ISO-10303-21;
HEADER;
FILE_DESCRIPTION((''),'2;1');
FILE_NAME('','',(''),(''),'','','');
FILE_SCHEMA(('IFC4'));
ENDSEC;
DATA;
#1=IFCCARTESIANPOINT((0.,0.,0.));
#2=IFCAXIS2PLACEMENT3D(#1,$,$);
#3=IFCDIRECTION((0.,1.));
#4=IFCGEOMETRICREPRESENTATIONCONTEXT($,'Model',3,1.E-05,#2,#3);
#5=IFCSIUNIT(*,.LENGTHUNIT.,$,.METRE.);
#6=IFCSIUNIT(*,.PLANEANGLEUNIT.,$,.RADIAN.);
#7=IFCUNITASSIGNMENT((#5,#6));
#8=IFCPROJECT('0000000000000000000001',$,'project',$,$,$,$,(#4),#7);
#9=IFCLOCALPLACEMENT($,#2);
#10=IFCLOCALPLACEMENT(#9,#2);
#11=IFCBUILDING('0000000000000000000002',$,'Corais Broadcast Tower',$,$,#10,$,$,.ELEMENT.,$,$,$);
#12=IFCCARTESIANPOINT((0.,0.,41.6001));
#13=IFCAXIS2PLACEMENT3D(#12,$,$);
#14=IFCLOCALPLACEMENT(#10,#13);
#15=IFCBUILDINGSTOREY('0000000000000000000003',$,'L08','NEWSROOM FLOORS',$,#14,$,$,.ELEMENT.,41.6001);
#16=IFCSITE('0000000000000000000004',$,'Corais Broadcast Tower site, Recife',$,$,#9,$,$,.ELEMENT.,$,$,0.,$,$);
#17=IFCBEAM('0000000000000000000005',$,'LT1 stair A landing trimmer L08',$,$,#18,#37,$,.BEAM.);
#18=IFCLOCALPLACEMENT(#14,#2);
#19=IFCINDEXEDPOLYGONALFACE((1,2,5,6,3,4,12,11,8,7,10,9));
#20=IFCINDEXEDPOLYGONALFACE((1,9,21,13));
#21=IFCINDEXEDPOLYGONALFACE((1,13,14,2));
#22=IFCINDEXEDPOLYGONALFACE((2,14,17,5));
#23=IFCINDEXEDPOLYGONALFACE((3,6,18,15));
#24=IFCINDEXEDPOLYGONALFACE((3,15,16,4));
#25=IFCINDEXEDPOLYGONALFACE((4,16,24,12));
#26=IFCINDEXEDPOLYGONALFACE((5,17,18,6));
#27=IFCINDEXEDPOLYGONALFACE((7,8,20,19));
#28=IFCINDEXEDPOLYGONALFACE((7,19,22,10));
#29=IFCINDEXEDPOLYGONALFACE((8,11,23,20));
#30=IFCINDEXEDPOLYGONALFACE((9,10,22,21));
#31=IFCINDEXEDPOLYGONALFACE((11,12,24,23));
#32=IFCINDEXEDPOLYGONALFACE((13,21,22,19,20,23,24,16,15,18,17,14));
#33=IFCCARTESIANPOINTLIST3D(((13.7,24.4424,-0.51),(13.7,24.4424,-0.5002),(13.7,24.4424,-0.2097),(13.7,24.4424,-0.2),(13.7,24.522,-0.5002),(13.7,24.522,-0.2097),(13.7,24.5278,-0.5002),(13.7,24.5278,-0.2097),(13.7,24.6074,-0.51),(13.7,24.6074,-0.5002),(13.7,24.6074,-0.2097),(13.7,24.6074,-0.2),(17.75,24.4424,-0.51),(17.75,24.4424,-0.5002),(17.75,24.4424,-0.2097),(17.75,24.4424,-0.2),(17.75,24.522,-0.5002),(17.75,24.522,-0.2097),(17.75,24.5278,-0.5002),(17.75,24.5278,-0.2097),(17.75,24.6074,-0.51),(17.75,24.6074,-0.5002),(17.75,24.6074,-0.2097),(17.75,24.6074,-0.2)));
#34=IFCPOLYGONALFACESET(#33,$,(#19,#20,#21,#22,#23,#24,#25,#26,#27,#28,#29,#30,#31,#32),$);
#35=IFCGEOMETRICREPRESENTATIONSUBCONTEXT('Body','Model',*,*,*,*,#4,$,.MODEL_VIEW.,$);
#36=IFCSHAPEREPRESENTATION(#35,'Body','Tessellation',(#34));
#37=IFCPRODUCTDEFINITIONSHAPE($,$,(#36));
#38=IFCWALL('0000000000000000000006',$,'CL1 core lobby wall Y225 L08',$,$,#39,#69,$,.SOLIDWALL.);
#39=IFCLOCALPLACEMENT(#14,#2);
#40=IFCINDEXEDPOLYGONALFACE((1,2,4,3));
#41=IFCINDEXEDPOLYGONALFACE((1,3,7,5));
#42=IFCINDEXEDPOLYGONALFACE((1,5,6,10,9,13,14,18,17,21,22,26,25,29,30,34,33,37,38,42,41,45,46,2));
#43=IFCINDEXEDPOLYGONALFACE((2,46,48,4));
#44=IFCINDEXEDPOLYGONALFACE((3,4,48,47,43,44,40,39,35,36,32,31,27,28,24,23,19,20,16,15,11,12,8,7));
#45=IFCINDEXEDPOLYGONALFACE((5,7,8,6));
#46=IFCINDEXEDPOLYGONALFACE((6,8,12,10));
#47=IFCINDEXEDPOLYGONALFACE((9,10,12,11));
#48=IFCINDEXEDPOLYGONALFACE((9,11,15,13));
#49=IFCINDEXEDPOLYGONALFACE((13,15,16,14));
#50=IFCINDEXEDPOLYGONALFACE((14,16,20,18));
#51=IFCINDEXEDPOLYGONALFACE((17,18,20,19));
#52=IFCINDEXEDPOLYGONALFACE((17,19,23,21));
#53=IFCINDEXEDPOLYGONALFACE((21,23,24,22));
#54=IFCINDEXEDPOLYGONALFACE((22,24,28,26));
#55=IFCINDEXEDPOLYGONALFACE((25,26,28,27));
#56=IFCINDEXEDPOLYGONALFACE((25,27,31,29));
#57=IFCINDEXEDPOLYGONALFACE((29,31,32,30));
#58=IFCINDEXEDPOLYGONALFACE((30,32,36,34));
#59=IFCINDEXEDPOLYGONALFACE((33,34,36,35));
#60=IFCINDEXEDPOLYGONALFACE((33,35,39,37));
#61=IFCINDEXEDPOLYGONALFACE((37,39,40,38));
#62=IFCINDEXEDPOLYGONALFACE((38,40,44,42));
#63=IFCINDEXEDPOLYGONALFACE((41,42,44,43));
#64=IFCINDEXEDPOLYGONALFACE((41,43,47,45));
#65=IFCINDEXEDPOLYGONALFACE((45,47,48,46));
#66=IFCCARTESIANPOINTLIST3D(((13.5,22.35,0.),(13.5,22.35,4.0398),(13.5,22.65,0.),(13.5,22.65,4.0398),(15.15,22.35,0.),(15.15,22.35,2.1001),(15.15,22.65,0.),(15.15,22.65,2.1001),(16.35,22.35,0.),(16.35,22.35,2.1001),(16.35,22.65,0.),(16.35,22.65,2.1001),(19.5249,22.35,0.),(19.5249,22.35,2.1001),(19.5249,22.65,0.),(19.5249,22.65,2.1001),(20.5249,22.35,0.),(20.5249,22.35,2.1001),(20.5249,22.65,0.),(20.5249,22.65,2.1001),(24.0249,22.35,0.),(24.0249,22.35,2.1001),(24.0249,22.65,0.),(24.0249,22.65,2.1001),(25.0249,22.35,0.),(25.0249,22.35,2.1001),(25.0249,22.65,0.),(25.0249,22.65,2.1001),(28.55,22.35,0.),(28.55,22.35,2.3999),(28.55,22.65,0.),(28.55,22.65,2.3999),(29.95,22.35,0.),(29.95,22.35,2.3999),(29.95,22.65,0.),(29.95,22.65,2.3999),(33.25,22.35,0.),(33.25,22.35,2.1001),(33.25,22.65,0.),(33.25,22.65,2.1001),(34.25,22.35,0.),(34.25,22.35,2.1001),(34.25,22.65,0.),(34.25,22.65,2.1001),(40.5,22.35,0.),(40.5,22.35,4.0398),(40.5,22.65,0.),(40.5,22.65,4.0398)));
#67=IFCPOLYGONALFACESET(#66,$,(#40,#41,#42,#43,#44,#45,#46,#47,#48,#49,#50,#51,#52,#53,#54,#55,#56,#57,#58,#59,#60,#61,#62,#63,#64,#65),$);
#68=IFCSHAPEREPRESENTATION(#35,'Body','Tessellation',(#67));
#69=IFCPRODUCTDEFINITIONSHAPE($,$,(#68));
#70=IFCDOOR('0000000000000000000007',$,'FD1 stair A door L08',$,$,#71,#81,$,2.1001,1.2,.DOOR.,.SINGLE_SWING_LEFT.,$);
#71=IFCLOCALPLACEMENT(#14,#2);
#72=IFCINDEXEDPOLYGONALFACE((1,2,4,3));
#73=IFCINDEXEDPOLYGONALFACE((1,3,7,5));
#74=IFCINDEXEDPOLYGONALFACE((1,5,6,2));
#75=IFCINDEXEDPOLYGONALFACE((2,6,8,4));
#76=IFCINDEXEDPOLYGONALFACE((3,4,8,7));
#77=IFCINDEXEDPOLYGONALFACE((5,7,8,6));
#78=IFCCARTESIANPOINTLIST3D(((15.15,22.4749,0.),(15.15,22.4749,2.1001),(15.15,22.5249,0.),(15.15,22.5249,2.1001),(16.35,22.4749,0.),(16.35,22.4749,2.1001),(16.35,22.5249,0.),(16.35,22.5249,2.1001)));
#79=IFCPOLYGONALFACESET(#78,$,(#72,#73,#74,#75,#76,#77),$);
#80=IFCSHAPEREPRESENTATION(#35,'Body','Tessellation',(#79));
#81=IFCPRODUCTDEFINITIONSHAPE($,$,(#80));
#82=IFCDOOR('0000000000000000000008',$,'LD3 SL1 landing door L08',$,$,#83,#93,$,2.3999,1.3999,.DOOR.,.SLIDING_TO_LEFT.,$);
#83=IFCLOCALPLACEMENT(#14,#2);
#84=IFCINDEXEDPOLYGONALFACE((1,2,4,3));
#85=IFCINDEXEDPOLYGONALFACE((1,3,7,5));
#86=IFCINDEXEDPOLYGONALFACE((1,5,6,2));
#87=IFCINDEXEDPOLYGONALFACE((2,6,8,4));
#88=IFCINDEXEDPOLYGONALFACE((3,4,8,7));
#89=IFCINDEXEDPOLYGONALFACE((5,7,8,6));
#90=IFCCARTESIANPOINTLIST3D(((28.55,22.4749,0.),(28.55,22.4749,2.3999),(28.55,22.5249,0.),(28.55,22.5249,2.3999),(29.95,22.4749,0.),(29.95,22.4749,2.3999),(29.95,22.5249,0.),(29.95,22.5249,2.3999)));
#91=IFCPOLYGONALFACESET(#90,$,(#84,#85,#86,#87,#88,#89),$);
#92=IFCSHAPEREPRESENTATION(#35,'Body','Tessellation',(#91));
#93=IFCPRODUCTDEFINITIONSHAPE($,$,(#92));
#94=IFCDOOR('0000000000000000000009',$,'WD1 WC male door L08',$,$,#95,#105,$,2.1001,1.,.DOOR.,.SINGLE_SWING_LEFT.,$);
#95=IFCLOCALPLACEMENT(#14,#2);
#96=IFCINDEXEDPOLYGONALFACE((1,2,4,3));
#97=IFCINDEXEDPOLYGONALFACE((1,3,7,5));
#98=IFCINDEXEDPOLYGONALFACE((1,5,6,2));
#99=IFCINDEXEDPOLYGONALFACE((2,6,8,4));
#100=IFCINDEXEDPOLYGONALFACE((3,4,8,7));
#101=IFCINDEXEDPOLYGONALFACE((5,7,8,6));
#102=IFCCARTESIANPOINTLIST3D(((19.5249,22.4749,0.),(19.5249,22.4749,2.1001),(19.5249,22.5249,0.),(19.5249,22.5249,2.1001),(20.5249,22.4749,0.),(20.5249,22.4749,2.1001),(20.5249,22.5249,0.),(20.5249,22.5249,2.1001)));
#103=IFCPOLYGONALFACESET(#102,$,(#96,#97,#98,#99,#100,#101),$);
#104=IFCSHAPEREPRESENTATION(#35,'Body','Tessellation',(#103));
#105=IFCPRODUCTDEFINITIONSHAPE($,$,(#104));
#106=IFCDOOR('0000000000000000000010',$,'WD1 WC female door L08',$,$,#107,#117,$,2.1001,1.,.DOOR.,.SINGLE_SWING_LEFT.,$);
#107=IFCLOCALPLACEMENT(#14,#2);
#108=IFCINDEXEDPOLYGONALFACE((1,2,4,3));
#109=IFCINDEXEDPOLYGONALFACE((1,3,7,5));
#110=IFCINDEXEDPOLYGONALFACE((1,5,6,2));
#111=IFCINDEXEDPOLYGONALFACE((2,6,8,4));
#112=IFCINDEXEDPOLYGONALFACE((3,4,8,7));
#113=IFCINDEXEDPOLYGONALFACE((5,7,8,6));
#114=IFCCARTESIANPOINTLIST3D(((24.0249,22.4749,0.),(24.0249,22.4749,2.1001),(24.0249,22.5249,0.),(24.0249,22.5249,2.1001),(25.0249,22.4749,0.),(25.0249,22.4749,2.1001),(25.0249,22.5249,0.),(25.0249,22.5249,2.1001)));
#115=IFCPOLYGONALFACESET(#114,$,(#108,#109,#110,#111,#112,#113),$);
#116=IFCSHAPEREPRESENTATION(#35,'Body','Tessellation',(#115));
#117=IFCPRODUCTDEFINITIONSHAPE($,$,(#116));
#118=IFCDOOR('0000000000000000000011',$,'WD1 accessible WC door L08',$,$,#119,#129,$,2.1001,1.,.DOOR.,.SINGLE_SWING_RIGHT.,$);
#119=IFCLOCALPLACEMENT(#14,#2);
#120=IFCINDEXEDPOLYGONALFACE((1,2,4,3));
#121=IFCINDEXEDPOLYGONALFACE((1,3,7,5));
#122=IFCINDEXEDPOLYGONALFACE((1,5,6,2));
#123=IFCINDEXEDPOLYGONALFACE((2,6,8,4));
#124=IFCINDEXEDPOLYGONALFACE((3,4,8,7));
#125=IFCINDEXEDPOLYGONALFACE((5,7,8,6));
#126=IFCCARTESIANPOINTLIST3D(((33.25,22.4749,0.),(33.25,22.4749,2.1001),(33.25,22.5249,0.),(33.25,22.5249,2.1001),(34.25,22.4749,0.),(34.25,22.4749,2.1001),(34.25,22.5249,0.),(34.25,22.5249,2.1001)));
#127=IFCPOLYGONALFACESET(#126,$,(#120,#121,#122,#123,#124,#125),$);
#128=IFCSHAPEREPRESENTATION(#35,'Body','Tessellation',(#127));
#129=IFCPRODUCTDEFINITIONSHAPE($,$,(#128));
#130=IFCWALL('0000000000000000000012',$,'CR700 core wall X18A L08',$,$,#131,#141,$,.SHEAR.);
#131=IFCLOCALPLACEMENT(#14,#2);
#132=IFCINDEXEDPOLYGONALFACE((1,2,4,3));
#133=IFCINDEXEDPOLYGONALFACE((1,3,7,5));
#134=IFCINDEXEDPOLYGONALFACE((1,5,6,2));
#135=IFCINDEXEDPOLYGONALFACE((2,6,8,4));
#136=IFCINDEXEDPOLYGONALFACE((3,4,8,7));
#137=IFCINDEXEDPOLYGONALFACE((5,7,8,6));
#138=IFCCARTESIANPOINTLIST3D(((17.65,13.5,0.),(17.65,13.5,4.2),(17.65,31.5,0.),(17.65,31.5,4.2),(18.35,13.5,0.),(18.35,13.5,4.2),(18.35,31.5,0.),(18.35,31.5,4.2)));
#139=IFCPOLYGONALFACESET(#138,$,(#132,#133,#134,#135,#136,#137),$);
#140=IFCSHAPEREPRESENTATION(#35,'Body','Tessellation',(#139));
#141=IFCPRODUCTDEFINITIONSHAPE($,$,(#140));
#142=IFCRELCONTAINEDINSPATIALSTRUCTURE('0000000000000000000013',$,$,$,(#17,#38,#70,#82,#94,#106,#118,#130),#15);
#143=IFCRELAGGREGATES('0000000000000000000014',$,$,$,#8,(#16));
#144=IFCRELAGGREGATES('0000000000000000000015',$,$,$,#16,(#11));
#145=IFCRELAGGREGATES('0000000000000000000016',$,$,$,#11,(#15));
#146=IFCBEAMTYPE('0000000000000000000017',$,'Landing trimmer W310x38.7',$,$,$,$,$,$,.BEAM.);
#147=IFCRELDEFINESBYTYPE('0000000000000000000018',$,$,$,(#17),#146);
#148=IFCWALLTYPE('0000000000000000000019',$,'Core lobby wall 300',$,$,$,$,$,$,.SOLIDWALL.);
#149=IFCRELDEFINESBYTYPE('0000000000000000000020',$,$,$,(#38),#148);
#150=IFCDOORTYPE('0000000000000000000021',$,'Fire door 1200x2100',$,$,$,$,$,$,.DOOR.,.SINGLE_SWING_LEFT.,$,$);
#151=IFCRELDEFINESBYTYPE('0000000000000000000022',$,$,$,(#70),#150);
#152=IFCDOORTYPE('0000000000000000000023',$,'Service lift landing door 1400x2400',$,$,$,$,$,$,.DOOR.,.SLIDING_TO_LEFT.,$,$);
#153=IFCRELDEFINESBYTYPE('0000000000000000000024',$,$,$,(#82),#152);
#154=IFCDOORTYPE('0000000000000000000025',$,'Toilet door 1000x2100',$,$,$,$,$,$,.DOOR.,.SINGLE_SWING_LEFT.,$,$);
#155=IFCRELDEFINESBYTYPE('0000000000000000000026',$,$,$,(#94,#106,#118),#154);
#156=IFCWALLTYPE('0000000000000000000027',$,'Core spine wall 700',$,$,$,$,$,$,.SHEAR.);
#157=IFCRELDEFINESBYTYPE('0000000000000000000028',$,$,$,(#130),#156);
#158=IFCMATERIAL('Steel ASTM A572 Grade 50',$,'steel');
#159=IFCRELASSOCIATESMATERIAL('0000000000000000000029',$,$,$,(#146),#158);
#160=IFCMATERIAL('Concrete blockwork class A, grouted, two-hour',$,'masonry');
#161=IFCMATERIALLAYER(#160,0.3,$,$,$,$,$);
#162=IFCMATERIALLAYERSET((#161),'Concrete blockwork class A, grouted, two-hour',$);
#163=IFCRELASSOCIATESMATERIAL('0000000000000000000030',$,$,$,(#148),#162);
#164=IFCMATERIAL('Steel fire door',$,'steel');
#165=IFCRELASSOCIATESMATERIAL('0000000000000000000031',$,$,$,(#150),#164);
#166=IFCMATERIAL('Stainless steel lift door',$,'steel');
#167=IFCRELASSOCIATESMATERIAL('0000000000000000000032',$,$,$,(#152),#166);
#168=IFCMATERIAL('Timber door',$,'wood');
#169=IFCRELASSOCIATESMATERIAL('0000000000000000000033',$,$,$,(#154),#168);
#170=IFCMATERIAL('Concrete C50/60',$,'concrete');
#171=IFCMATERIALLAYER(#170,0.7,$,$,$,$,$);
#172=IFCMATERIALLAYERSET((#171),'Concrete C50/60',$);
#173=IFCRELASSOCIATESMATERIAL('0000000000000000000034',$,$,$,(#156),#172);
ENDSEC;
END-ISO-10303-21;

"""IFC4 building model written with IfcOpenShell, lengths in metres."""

from ifc_helpers import new_model, si_unit, direction, frame, frame_2d, origin, origin_2d, place, context, subcontext, project, spatial, rectangle, i_section, extrude, material, layer, layer_set, material_profile, profile_set, type_object, element, fill, save


model = new_model("IFC4")

# Units and contexts
model_context = context("Model", 3, precision=1e-05, world=origin(), true_north=direction((0.0, 1.0)))
body_context = subcontext(model_context, "Body", "Model", "MODEL_VIEW")
ifc_project = project(units=[si_unit("LENGTHUNIT", "METRE"), si_unit("PLANEANGLEUNIT", "RADIAN")], contexts=[model_context])

# Site, building, storey
site_placement = place(None, origin())
site = spatial("IfcSite", under=ifc_project, at=site_placement, Name="Corais Broadcast Tower site, Recife", CompositionType="ELEMENT", RefElevation=0.0)
building_placement = place(site_placement, origin())
building = spatial("IfcBuilding", under=site, at=building_placement, Name="Corais Broadcast Tower", CompositionType="ELEMENT")
storey_placement = place(building_placement, frame((0.0, 0.0, 41.6001)))
storey = spatial("IfcBuildingStorey", under=building, at=storey_placement, Name="L08", Description="NEWSROOM FLOORS", CompositionType="ELEMENT", Elevation=41.6001)

# Beam
ifc_material_1 = material(Name="Steel ASTM A572 Grade 50", Category="steel")
ifc_material_profile = material_profile(ifc_material_1, i_section(OverallWidth=0.165, OverallDepth=0.3101, WebThickness=0.0059, FlangeThickness=0.0098, at=origin_2d()), Name="W310x38.7")
ifc_profile_set = profile_set([ifc_material_profile], Name="Steel ASTM A572 Grade 50")
beam_type = type_object("IfcBeamType", Name="Landing trimmer W310x38.7", PredefinedType="BEAM", material=ifc_profile_set)
beam_placement = place(storey_placement, frame((13.7, 24.5249, -0.355), z_axis=(1.0, 0.0, 0.0), x_axis=(0.0, 1.0, 0.0)))
element("IfcBeam", 1, at=beam_placement, inside=storey, type_object=beam_type, Name="LT1 stair A landing trimmer L08", PredefinedType="BEAM", context=body_context, shape_type="SweptSolid", body=[
    extrude(i_section(OverallWidth=0.165, OverallDepth=0.3101, WebThickness=0.0059, FlangeThickness=0.0098, at=origin_2d()), origin(), (0.0, 0.0, 1.0), 4.05),
])

# Wall, openings, doors
ifc_material_2 = material(Name="Concrete blockwork class A, grouted, two-hour", Category="masonry")
ifc_layer_1 = layer(ifc_material_2, 0.3)
ifc_layer_set_1 = layer_set([ifc_layer_1], Name="Concrete blockwork class A, grouted, two-hour")
wall_type_1 = type_object("IfcWallType", Name="Core lobby wall 300", PredefinedType="SOLIDWALL", material=ifc_layer_set_1)
wall_1_placement = place(storey_placement, frame((13.5, 22.5, 0.0), z_axis=(0.0, 0.0, 1.0), x_axis=(1.0, 0.0, 0.0)))
wall_1 = element("IfcWall", 2, at=wall_1_placement, inside=storey, type_object=wall_type_1, Name="CL1 core lobby wall Y225 L08", PredefinedType="SOLIDWALL", context=body_context, shape_type="SweptSolid", body=[
    extrude(rectangle(XDim=27.0, YDim=0.3, at=frame_2d((13.5, 0.0))), origin(), (0.0, 0.0, 1.0), 4.0398),
])
opening_1_placement = place(wall_1_placement, frame((1.6499, 0.0, 0.0)))
opening_1 = element("IfcOpeningElement", 3, at=opening_1_placement, cuts=wall_1, PredefinedType="OPENING", context=body_context, shape_type="SweptSolid", body=[
    extrude(rectangle(XDim=1.2, YDim=2.1001, at=frame_2d((0.6001, 1.05))), frame((0.0, 0.1599, 0.0), z_axis=(0.0, -1.0, 0.0), x_axis=(1.0, 0.0, 0.0)), (0.0, 0.0, 1.0), 0.3201),
])
opening_2_placement = place(wall_1_placement, frame((6.0249, 0.0, 0.0)))
opening_2 = element("IfcOpeningElement", 4, at=opening_2_placement, cuts=wall_1, PredefinedType="OPENING", context=body_context, shape_type="SweptSolid", body=[
    extrude(rectangle(XDim=1.0, YDim=2.1001, at=frame_2d((0.5, 1.05))), frame((0.0, 0.1599, 0.0), z_axis=(0.0, -1.0, 0.0), x_axis=(1.0, 0.0, 0.0)), (0.0, 0.0, 1.0), 0.3201),
])
opening_3_placement = place(wall_1_placement, frame((10.5249, 0.0, 0.0)))
opening_3 = element("IfcOpeningElement", 5, at=opening_3_placement, cuts=wall_1, PredefinedType="OPENING", context=body_context, shape_type="SweptSolid", body=[
    extrude(rectangle(XDim=1.0, YDim=2.1001, at=frame_2d((0.5, 1.05))), frame((0.0, 0.1599, 0.0), z_axis=(0.0, -1.0, 0.0), x_axis=(1.0, 0.0, 0.0)), (0.0, 0.0, 1.0), 0.3201),
])
opening_4_placement = place(wall_1_placement, frame((19.75, 0.0, 0.0)))
opening_4 = element("IfcOpeningElement", 6, at=opening_4_placement, cuts=wall_1, PredefinedType="OPENING", context=body_context, shape_type="SweptSolid", body=[
    extrude(rectangle(XDim=1.0, YDim=2.1001, at=frame_2d((0.5, 1.05))), frame((0.0, 0.1599, 0.0), z_axis=(0.0, -1.0, 0.0), x_axis=(1.0, 0.0, 0.0)), (0.0, 0.0, 1.0), 0.3201),
])
opening_5_placement = place(wall_1_placement, frame((15.05, 0.0, 0.0)))
opening_5 = element("IfcOpeningElement", 7, at=opening_5_placement, cuts=wall_1, PredefinedType="OPENING", context=body_context, shape_type="SweptSolid", body=[
    extrude(rectangle(XDim=1.3999, YDim=2.3999, at=frame_2d((0.7, 1.2))), frame((0.0, 0.1599, 0.0), z_axis=(0.0, -1.0, 0.0), x_axis=(1.0, 0.0, 0.0)), (0.0, 0.0, 1.0), 0.3201),
])
ifc_material_3 = material(Name="Steel fire door", Category="steel")
door_type_1 = type_object("IfcDoorType", Name="Fire door 1200x2100", OperationType="SINGLE_SWING_LEFT", PredefinedType="DOOR", material=ifc_material_3)
door_1_placement = place(opening_1_placement, origin())
door_1 = element("IfcDoor", 8, at=door_1_placement, inside=storey, type_object=door_type_1, Name="FD1 stair A door L08", OperationType="SINGLE_SWING_LEFT", OverallHeight=2.1001, OverallWidth=1.2, PredefinedType="DOOR", context=body_context, shape_type="SweptSolid", body=[
    extrude(rectangle(XDim=1.2, YDim=2.1001, at=frame_2d((0.6001, 1.05))), frame((0.0, 0.0249, 0.0), z_axis=(0.0, -1.0, 0.0), x_axis=(1.0, 0.0, 0.0)), (0.0, 0.0, 1.0), 0.05),
])
fill(opening_1, door_1)
ifc_material_4 = material(Name="Stainless steel lift door", Category="steel")
door_type_2 = type_object("IfcDoorType", Name="Service lift landing door 1400x2400", OperationType="SLIDING_TO_LEFT", PredefinedType="DOOR", material=ifc_material_4)
door_2_placement = place(opening_5_placement, origin())
door_2 = element("IfcDoor", 9, at=door_2_placement, inside=storey, type_object=door_type_2, Name="LD3 SL1 landing door L08", OperationType="SLIDING_TO_LEFT", OverallHeight=2.3999, OverallWidth=1.3999, PredefinedType="DOOR", context=body_context, shape_type="SweptSolid", body=[
    extrude(rectangle(XDim=1.3999, YDim=2.3999, at=frame_2d((0.7, 1.2))), frame((0.0, 0.0249, 0.0), z_axis=(0.0, -1.0, 0.0), x_axis=(1.0, 0.0, 0.0)), (0.0, 0.0, 1.0), 0.05),
])
fill(opening_5, door_2)
ifc_material_5 = material(Name="Timber door", Category="wood")
door_type_3 = type_object("IfcDoorType", Name="Toilet door 1000x2100", OperationType="SINGLE_SWING_LEFT", PredefinedType="DOOR", material=ifc_material_5)
door_3_placement = place(opening_2_placement, origin())
door_3 = element("IfcDoor", 10, at=door_3_placement, inside=storey, type_object=door_type_3, Name="WD1 WC male door L08", OperationType="SINGLE_SWING_LEFT", OverallHeight=2.1001, OverallWidth=1.0, PredefinedType="DOOR", context=body_context, shape_type="SweptSolid", body=[
    extrude(rectangle(XDim=1.0, YDim=2.1001, at=frame_2d((0.5, 1.05))), frame((0.0, 0.0249, 0.0), z_axis=(0.0, -1.0, 0.0), x_axis=(1.0, 0.0, 0.0)), (0.0, 0.0, 1.0), 0.05),
])
fill(opening_2, door_3)
door_4_placement = place(opening_3_placement, origin())
door_4 = element("IfcDoor", 11, at=door_4_placement, inside=storey, type_object=door_type_3, Name="WD1 WC female door L08", OperationType="SINGLE_SWING_LEFT", OverallHeight=2.1001, OverallWidth=1.0, PredefinedType="DOOR", context=body_context, shape_type="SweptSolid", body=[
    extrude(rectangle(XDim=1.0, YDim=2.1001, at=frame_2d((0.5, 1.05))), frame((0.0, 0.0249, 0.0), z_axis=(0.0, -1.0, 0.0), x_axis=(1.0, 0.0, 0.0)), (0.0, 0.0, 1.0), 0.05),
])
fill(opening_3, door_4)
door_5_placement = place(opening_4_placement, origin())
door_5 = element("IfcDoor", 12, at=door_5_placement, inside=storey, type_object=door_type_3, Name="WD1 accessible WC door L08", OperationType="SINGLE_SWING_RIGHT", OverallHeight=2.1001, OverallWidth=1.0, PredefinedType="DOOR", context=body_context, shape_type="SweptSolid", body=[
    extrude(rectangle(XDim=1.0, YDim=2.1001, at=frame_2d((0.5, 1.05))), frame((0.0, 0.0249, 0.0), z_axis=(0.0, -1.0, 0.0), x_axis=(1.0, 0.0, 0.0)), (0.0, 0.0, 1.0), 0.05),
])
fill(opening_4, door_5)

# Wall
ifc_material_6 = material(Name="Concrete C50/60", Category="concrete")
ifc_layer_2 = layer(ifc_material_6, 0.7)
ifc_layer_set_2 = layer_set([ifc_layer_2], Name="Concrete C50/60")
wall_type_2 = type_object("IfcWallType", Name="Core spine wall 700", PredefinedType="SHEAR", material=ifc_layer_set_2)
wall_2_placement = place(storey_placement, frame((18.0, 13.5, 0.0), z_axis=(0.0, 0.0, 1.0), x_axis=(0.0, 1.0, 0.0)))
element("IfcWall", 13, at=wall_2_placement, inside=storey, type_object=wall_type_2, Name="CR700 core wall X18A L08", PredefinedType="SHEAR", context=body_context, shape_type="SweptSolid", body=[
    extrude(rectangle(XDim=18.0, YDim=0.7, at=frame_2d((9.0, 0.0))), origin(), (0.0, 0.0, 1.0), 4.2),
])

save(model, "model.ifc")
